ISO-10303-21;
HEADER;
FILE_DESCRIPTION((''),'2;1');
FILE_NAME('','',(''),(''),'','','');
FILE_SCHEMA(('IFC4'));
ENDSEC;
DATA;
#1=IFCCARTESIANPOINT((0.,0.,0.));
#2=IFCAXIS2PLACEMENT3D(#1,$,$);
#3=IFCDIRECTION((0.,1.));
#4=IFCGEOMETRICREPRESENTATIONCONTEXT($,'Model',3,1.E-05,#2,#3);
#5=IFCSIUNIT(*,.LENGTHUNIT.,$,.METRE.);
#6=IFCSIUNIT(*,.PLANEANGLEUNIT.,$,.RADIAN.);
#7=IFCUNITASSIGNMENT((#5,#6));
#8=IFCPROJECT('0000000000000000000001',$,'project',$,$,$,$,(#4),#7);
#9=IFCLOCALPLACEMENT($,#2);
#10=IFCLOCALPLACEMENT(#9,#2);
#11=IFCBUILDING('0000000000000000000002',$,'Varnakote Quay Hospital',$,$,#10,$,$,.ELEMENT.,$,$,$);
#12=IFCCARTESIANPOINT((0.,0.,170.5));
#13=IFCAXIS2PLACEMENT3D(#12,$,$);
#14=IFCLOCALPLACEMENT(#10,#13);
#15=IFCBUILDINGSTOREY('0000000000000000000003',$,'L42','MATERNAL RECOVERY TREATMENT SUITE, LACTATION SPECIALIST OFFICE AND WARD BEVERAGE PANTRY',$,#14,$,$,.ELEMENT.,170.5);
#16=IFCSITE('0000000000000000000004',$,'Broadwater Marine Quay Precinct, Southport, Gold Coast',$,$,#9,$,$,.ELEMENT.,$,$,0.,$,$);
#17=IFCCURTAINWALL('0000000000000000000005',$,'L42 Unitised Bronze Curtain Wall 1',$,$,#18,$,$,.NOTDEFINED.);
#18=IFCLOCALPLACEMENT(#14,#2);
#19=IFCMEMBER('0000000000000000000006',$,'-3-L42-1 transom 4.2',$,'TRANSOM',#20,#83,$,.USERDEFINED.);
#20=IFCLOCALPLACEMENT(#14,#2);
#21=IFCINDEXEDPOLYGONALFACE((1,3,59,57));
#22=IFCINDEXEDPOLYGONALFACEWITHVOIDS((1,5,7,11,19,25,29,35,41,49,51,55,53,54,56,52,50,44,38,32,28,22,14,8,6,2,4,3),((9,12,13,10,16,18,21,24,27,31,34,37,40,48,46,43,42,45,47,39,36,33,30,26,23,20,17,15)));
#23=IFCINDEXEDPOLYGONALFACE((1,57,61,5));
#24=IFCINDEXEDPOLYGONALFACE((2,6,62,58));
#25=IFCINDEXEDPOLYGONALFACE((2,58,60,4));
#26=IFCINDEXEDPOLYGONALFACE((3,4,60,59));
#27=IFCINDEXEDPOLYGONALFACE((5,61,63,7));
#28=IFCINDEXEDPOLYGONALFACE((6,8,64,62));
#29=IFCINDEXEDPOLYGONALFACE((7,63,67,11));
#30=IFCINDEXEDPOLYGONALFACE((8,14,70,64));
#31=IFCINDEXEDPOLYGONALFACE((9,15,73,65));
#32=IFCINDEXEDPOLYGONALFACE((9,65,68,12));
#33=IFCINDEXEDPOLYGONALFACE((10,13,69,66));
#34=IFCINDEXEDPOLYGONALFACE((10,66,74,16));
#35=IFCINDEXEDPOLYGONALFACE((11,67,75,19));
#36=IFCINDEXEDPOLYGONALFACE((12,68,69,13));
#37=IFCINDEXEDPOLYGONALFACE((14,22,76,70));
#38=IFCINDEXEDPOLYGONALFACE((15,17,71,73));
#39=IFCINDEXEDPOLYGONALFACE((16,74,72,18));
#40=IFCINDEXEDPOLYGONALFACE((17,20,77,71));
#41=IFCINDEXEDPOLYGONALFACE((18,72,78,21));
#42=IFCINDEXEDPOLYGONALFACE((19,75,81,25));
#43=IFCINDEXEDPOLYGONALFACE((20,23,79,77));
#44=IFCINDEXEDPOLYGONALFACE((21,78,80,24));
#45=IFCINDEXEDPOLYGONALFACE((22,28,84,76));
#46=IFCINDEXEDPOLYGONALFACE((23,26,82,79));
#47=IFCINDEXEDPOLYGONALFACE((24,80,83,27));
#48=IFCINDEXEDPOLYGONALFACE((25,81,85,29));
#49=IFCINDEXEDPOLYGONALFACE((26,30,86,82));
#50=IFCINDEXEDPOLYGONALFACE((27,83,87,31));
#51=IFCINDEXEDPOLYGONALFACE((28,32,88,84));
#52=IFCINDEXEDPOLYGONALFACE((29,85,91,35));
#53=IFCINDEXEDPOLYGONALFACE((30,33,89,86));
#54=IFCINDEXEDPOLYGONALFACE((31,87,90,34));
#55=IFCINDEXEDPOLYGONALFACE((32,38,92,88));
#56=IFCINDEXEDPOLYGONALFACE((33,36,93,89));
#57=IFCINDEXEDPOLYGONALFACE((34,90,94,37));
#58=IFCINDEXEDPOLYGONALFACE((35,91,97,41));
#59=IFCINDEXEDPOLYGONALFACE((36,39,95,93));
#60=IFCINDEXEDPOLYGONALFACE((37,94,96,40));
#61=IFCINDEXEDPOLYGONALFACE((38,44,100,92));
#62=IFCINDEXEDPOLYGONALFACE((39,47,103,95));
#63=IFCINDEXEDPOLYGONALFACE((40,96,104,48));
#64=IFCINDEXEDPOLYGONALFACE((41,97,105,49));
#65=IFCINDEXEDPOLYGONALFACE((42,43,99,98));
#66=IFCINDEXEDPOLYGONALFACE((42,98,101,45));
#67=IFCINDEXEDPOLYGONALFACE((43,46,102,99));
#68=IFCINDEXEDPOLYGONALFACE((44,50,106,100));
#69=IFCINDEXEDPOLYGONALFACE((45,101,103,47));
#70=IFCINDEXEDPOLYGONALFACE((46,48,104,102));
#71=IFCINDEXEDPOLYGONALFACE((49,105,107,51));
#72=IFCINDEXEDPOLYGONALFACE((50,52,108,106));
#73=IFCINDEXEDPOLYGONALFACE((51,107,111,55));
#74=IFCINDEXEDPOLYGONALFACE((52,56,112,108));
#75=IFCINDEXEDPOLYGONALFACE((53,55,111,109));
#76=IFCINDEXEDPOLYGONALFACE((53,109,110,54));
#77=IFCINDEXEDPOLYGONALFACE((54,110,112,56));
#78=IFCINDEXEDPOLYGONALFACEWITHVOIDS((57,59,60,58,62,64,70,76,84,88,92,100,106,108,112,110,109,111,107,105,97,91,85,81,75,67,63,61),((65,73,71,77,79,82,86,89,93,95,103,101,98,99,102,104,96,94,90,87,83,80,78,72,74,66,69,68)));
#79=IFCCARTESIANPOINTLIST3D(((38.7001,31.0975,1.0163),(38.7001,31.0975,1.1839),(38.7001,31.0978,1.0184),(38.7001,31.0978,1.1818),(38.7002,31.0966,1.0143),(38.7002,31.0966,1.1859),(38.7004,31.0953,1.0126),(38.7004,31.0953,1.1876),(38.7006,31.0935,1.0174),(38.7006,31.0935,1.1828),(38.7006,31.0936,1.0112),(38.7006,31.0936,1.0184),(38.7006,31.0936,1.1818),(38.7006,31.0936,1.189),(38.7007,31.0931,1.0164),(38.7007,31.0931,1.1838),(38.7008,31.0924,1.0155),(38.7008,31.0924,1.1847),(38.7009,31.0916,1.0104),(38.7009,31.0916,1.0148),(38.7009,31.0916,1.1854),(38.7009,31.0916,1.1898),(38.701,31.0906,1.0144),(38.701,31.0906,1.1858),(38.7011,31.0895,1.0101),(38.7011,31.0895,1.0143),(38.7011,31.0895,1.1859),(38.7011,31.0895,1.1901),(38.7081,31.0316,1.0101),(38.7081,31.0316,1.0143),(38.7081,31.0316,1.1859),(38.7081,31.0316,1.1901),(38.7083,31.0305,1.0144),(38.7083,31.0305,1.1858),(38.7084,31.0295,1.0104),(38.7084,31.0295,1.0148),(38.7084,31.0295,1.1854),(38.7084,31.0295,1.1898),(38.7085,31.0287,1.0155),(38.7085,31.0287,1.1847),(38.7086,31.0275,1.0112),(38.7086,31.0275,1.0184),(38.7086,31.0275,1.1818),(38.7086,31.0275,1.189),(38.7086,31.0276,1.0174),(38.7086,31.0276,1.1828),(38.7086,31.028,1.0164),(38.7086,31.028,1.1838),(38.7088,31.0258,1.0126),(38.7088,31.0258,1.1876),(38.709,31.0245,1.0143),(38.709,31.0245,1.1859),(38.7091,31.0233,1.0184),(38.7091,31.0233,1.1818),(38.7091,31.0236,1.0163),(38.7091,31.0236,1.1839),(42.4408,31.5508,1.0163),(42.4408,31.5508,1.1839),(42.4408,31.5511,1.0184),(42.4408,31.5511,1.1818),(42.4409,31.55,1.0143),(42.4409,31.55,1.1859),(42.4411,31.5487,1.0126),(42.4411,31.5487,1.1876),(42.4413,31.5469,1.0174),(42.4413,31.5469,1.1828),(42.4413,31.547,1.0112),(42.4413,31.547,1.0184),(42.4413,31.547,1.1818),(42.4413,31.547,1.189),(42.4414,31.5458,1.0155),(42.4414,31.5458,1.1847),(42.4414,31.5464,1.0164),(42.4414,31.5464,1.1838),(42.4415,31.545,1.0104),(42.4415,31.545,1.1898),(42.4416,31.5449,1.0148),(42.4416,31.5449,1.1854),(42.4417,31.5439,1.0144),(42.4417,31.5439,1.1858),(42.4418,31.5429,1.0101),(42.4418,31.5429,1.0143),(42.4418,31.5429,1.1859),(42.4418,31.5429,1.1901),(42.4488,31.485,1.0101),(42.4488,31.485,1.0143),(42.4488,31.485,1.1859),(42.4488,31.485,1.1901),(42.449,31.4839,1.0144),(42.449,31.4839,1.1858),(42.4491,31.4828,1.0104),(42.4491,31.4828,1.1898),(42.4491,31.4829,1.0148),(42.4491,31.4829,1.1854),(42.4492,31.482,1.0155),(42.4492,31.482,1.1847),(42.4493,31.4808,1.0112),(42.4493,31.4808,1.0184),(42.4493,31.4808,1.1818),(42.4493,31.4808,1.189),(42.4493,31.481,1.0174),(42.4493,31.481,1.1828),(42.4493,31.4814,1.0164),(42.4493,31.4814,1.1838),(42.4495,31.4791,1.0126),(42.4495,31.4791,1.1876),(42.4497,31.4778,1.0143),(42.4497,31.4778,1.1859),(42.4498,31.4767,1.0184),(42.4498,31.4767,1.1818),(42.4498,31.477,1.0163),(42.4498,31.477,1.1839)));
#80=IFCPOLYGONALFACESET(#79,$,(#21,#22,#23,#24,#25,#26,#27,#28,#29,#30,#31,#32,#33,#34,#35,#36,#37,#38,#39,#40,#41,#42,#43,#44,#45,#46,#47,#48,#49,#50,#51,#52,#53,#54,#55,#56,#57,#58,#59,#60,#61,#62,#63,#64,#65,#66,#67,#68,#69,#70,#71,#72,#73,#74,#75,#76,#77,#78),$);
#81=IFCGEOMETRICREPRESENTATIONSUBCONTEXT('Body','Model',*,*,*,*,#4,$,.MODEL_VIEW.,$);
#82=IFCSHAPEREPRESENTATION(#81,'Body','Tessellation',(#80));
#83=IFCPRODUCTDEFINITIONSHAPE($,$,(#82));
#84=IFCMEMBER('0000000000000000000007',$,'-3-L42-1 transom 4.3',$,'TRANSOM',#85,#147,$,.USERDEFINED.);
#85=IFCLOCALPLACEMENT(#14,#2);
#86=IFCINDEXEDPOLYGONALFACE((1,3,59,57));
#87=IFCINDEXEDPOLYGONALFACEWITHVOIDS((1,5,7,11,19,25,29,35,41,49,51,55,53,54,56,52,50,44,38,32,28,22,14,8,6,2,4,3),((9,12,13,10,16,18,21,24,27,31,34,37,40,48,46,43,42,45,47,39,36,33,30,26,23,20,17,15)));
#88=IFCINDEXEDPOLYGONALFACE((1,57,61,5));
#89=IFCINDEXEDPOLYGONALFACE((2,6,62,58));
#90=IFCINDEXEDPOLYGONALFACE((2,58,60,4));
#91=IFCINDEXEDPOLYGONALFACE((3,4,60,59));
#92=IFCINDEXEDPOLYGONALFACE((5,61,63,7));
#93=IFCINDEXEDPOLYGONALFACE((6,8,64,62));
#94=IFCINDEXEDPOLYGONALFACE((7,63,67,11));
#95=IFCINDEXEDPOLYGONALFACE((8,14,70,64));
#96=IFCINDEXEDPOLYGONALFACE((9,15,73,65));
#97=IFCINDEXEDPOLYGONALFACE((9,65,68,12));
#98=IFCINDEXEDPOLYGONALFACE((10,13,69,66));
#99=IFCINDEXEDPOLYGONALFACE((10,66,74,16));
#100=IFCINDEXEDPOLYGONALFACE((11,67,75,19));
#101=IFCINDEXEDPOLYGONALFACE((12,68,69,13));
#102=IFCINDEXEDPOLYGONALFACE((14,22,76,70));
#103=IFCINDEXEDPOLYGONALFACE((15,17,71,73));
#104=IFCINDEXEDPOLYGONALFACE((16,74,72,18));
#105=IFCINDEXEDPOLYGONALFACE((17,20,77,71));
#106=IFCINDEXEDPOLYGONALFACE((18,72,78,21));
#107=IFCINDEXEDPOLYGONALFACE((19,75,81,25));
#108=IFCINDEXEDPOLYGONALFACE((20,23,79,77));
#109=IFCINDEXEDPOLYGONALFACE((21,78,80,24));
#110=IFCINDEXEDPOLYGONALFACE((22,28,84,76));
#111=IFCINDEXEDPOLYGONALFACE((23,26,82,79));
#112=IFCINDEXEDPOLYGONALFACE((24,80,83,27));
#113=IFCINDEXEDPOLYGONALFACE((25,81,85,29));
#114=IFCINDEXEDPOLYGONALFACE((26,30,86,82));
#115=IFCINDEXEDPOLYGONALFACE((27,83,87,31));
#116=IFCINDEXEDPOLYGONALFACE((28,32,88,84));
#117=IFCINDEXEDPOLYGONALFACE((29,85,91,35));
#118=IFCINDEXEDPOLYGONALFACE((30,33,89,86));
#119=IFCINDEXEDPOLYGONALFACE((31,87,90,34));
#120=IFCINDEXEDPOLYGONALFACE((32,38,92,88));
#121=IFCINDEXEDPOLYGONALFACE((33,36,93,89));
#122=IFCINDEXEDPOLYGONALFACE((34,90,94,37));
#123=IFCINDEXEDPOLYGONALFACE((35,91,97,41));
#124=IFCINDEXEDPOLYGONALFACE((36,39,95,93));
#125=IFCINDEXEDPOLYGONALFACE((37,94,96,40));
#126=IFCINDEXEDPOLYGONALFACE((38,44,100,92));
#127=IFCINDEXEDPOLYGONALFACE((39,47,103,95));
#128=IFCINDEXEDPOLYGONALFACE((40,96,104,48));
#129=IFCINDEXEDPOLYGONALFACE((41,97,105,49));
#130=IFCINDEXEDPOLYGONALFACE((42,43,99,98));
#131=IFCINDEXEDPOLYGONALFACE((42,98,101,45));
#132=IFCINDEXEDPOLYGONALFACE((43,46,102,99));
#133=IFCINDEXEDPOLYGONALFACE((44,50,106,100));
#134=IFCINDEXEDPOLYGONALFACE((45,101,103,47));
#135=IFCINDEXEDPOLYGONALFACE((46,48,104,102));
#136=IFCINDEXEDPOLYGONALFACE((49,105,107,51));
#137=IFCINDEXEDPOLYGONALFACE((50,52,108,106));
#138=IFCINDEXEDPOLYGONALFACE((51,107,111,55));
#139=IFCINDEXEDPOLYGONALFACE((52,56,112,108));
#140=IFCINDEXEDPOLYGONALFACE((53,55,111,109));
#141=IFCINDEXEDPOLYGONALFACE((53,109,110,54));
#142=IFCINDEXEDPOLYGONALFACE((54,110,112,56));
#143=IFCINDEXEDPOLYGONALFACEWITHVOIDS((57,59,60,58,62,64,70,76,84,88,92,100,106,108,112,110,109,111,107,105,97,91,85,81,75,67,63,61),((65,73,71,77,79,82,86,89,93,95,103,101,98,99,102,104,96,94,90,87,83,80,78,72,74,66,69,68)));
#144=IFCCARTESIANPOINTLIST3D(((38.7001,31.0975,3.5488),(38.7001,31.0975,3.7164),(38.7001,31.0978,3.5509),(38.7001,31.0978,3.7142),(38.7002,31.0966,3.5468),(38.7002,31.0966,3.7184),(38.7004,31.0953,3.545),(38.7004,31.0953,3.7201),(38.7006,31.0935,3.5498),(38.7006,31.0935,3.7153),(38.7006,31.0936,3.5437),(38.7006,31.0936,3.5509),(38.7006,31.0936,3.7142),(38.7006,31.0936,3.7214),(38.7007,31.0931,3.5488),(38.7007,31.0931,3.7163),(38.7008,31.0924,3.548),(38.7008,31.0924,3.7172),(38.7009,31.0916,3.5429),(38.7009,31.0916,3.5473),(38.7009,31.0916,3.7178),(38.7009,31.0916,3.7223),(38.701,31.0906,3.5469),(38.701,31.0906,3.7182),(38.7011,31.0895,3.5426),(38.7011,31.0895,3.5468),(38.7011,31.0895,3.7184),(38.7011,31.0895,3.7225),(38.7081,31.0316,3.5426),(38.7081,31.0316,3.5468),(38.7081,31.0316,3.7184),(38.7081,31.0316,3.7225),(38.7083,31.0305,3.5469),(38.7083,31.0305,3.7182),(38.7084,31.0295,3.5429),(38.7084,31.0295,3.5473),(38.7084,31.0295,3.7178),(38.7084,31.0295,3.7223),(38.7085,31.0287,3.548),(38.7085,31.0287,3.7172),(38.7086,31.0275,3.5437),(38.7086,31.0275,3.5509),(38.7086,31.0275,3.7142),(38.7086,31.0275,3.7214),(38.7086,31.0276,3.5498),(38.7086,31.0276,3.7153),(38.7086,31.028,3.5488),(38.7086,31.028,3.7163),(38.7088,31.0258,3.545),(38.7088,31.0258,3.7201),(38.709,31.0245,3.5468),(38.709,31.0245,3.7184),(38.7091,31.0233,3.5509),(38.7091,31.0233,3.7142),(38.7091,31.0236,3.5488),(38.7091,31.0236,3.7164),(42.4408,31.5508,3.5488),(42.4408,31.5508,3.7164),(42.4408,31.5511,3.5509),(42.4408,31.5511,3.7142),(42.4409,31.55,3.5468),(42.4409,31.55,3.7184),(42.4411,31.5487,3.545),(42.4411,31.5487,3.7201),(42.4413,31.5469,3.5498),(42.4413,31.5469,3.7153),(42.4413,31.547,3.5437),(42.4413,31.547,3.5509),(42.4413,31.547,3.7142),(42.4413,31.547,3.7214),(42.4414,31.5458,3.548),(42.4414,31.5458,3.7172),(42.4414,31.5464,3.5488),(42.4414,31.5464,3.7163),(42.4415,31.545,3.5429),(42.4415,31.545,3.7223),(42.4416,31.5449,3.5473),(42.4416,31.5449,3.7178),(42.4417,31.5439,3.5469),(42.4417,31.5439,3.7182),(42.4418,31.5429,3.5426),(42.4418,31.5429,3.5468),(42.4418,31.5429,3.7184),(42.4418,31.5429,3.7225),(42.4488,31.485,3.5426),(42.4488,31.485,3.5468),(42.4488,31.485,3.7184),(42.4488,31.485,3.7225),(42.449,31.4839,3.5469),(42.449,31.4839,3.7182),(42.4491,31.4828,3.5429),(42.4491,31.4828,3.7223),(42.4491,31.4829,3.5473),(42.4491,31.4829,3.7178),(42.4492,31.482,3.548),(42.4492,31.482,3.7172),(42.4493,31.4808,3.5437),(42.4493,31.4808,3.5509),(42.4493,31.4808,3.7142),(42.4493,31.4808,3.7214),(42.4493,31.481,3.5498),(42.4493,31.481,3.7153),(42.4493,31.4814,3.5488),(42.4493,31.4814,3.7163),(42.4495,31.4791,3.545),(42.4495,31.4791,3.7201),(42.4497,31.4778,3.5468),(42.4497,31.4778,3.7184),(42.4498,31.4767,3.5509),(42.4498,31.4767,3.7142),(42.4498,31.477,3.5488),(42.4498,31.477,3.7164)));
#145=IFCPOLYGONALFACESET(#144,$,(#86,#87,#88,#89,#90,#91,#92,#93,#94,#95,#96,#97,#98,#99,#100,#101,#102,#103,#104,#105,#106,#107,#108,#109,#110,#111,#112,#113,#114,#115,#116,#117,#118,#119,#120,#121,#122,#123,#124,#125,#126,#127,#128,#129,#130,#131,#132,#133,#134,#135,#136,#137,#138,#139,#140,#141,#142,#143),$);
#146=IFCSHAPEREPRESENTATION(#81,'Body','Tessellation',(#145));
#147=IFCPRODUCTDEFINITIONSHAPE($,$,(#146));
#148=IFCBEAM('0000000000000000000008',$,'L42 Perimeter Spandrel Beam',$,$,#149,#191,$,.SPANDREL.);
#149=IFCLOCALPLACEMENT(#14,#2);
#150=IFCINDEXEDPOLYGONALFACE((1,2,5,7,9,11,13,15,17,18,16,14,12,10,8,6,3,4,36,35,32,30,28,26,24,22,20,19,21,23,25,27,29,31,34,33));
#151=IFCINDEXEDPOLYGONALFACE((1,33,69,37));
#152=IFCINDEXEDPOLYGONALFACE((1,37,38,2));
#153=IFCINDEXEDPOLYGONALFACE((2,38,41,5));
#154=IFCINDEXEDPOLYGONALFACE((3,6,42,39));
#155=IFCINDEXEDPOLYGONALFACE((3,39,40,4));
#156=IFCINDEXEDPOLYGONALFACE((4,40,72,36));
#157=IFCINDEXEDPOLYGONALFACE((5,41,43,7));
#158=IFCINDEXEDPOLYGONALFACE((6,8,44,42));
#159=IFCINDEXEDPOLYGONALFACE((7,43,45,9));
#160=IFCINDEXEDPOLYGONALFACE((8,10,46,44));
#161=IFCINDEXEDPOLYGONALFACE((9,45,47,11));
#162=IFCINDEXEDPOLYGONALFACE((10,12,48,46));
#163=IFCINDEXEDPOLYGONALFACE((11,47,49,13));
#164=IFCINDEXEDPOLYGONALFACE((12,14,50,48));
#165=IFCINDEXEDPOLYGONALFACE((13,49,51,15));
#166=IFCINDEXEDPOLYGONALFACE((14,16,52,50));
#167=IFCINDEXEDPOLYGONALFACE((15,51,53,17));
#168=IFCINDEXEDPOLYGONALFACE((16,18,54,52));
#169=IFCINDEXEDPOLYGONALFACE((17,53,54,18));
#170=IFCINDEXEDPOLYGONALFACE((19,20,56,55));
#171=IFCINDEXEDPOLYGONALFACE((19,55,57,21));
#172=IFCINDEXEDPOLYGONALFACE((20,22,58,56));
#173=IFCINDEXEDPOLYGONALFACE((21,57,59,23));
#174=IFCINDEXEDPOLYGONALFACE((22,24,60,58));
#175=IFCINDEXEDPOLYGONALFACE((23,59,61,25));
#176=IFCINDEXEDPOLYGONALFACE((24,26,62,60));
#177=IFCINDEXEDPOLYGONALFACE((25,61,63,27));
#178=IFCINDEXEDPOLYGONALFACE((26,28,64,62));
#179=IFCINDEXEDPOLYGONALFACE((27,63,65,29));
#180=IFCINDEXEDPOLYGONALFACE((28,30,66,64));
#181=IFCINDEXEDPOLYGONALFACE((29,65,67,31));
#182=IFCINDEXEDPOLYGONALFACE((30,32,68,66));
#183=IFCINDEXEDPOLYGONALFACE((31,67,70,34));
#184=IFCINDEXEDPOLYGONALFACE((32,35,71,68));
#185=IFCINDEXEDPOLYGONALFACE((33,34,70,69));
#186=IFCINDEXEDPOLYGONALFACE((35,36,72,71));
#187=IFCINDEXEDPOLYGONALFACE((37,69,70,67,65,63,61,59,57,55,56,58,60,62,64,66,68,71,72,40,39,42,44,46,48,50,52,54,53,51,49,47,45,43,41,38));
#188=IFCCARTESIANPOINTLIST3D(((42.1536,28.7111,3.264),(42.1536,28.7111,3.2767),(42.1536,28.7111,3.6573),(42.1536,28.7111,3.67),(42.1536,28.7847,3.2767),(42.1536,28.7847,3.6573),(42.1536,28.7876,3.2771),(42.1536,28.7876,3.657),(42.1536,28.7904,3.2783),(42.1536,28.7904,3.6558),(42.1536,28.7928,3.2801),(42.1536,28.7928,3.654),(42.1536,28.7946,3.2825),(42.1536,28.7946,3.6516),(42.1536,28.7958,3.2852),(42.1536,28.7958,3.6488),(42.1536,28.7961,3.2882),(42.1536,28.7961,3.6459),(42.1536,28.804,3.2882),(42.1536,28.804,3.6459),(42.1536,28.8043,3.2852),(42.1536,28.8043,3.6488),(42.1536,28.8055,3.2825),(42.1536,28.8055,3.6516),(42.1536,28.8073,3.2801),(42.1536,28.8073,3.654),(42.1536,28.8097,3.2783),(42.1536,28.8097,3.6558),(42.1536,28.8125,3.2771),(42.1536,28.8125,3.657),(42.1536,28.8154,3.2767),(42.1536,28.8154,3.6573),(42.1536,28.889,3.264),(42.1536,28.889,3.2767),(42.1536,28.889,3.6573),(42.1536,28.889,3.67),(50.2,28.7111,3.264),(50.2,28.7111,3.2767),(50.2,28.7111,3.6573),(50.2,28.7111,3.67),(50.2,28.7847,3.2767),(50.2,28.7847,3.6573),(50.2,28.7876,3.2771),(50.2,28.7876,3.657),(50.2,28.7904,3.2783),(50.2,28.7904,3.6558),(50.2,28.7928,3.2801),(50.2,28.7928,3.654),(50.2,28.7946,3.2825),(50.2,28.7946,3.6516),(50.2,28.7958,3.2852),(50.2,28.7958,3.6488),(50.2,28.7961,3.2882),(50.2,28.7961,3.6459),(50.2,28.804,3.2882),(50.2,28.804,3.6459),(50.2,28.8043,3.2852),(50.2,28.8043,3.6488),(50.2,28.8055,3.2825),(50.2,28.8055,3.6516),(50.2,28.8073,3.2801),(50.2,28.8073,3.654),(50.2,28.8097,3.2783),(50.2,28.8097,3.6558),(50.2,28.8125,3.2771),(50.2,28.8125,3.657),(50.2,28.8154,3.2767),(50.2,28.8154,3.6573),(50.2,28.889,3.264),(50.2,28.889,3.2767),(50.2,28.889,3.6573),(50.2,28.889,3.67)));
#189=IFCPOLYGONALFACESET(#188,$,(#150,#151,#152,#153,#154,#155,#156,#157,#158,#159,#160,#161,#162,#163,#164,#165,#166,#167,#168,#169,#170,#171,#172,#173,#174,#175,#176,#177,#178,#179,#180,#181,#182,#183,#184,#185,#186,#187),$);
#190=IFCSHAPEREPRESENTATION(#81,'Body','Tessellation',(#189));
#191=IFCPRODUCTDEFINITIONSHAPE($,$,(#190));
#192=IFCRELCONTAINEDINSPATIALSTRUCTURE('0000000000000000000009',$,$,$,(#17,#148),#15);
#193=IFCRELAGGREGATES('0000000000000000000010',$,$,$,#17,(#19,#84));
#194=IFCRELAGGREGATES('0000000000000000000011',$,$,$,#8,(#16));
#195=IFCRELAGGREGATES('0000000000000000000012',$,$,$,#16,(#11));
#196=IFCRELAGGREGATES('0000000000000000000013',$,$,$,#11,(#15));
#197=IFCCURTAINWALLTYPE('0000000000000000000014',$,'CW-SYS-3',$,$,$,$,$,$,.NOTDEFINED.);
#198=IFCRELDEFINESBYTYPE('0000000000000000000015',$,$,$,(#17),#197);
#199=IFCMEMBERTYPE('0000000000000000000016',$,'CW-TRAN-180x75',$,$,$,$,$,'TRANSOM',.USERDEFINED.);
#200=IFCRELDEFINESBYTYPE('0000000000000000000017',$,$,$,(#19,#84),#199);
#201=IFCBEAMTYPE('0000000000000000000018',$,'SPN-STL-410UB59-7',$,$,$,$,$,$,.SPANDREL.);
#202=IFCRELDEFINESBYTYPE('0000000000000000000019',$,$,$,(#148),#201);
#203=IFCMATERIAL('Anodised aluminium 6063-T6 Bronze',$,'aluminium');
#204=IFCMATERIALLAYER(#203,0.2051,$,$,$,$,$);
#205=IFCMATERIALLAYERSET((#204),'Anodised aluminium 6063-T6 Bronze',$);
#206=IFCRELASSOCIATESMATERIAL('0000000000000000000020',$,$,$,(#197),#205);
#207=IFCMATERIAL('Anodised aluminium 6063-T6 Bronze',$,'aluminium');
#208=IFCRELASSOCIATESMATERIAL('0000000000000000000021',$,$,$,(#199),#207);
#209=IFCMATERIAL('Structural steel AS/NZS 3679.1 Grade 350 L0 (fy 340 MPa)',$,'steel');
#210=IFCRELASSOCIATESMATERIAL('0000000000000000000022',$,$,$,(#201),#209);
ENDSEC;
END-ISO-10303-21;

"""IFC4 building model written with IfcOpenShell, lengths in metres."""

from ifc_helpers import new_model, si_unit, direction, frame, origin, origin_2d, place, context, subcontext, project, spatial, hollow_rectangle, i_section, extrude, material, layer, layer_set, material_profile, profile_set, type_object, element, aggregate, save


model = new_model("IFC4")

# Units and contexts
model_context = context("Model", 3, precision=1e-05, world=origin(), true_north=direction((0.0, 1.0)))
body_context = subcontext(model_context, "Body", "Model", "MODEL_VIEW")
ifc_project = project(units=[si_unit("LENGTHUNIT", "METRE"), si_unit("PLANEANGLEUNIT", "RADIAN")], contexts=[model_context])

# Site, building, storey
site_placement = place(None, origin())
site = spatial("IfcSite", under=ifc_project, at=site_placement, Name="Broadwater Marine Quay Precinct, Southport, Gold Coast", CompositionType="ELEMENT", RefElevation=0.0)
building_placement = place(site_placement, origin())
building = spatial("IfcBuilding", under=site, at=building_placement, Name="Varnakote Quay Hospital", CompositionType="ELEMENT")
storey_placement = place(building_placement, frame((0.0, 0.0, 170.5)))
storey = spatial("IfcBuildingStorey", under=building, at=storey_placement, Name="L42", Description="MATERNAL RECOVERY TREATMENT SUITE, LACTATION SPECIALIST OFFICE AND WARD BEVERAGE PANTRY", CompositionType="ELEMENT", Elevation=170.5)

# Curtain wall, members
ifc_material_1 = material(Name="Anodised aluminium 6063-T6 Bronze", Category="aluminium")
ifc_layer_1 = layer(ifc_material_1, 0.2051)
ifc_layer_set_1 = layer_set([ifc_layer_1], Name="Anodised aluminium 6063-T6 Bronze")
curtain_wall_type = type_object("IfcCurtainWallType", Name="CW-SYS-3", PredefinedType="NOTDEFINED", material=ifc_layer_set_1)
curtain_wall_placement = place(storey_placement, origin())
curtain_wall = element("IfcCurtainWall", 1, at=curtain_wall_placement, inside=storey, type_object=curtain_wall_type, Name="L42 Unitised Bronze Curtain Wall 1", PredefinedType="NOTDEFINED")
ifc_material_2 = material(Name="Anodised aluminium 6063-T6 Bronze", Category="aluminium")
ifc_material_profile_1 = material_profile(ifc_material_2, hollow_rectangle(XDim=0.075, YDim=0.1799, WallThickness=0.0042, InnerFilletRadius=0.0042, OuterFilletRadius=0.0083, at=origin_2d()), Name="CW-TRAN-180x75")
ifc_profile_set_1 = profile_set([ifc_material_profile_1], Name="Anodised aluminium 6063-T6 Bronze")
member_type_1 = type_object("IfcMemberType", Name="CW-TRAN-180x75", ElementType="TRANSOM", PredefinedType="USERDEFINED", material=ifc_profile_set_1)
member_1_placement = place(storey_placement, frame((42.4453, 31.5139, 1.1001), z_axis=(-0.992735, -0.120318, 0.0), x_axis=(0.120318, -0.992735, 0.0)))
member_1 = element("IfcMember", 2, at=member_1_placement, type_object=member_type_1, Name="-3-L42-1 transom 4.2", ObjectType="TRANSOM", PredefinedType="USERDEFINED", context=body_context, shape_type="SweptSolid", body=[
    extrude(hollow_rectangle(XDim=0.075, YDim=0.1799, WallThickness=0.0042, InnerFilletRadius=0.0042, OuterFilletRadius=0.0083, at=origin_2d()), origin(), (0.0, 0.0, 1.0), 3.7681),
])
member_2_placement = place(storey_placement, frame((42.4453, 31.5139, 3.6326), z_axis=(-0.992735, -0.120318, 0.0), x_axis=(0.120318, -0.992735, 0.0)))
member_2 = element("IfcMember", 3, at=member_2_placement, type_object=member_type_1, Name="-3-L42-1 transom 4.3", ObjectType="TRANSOM", PredefinedType="USERDEFINED", context=body_context, shape_type="SweptSolid", body=[
    extrude(hollow_rectangle(XDim=0.075, YDim=0.1799, WallThickness=0.0042, InnerFilletRadius=0.0042, OuterFilletRadius=0.0083, at=origin_2d()), origin(), (0.0, 0.0, 1.0), 3.7681),
])

# Beam
ifc_material_3 = material(Name="Structural steel AS/NZS 3679.1 Grade 350 L0 (fy 340 MPa)", Category="steel")
ifc_material_profile_2 = material_profile(ifc_material_3, i_section(OverallWidth=0.178, OverallDepth=0.406, WebThickness=0.0078, FlangeThickness=0.0127, FilletRadius=0.0115, at=origin_2d()), Name="410UB59.7")
ifc_profile_set_2 = profile_set([ifc_material_profile_2], Name="Structural steel AS/NZS 3679.1 Grade 350 L0 (fy 340 MPa)")
beam_type = type_object("IfcBeamType", Name="SPN-STL-410UB59-7", PredefinedType="SPANDREL", material=ifc_profile_set_2)
beam_placement = place(storey_placement, frame((42.1536, 28.8, 3.467), z_axis=(1.0, 0.0, 0.0), x_axis=(0.0, 1.0, 0.0)))
element("IfcBeam", 4, at=beam_placement, inside=storey, type_object=beam_type, Name="L42 Perimeter Spandrel Beam", PredefinedType="SPANDREL", context=body_context, shape_type="SweptSolid", body=[
    extrude(i_section(OverallWidth=0.178, OverallDepth=0.406, WebThickness=0.0078, FlangeThickness=0.0127, FilletRadius=0.0115, at=origin_2d()), origin(), (0.0, 0.0, 1.0), 8.0464),
])

aggregate(curtain_wall, [member_1, member_2])

save(model, "model.ifc")
